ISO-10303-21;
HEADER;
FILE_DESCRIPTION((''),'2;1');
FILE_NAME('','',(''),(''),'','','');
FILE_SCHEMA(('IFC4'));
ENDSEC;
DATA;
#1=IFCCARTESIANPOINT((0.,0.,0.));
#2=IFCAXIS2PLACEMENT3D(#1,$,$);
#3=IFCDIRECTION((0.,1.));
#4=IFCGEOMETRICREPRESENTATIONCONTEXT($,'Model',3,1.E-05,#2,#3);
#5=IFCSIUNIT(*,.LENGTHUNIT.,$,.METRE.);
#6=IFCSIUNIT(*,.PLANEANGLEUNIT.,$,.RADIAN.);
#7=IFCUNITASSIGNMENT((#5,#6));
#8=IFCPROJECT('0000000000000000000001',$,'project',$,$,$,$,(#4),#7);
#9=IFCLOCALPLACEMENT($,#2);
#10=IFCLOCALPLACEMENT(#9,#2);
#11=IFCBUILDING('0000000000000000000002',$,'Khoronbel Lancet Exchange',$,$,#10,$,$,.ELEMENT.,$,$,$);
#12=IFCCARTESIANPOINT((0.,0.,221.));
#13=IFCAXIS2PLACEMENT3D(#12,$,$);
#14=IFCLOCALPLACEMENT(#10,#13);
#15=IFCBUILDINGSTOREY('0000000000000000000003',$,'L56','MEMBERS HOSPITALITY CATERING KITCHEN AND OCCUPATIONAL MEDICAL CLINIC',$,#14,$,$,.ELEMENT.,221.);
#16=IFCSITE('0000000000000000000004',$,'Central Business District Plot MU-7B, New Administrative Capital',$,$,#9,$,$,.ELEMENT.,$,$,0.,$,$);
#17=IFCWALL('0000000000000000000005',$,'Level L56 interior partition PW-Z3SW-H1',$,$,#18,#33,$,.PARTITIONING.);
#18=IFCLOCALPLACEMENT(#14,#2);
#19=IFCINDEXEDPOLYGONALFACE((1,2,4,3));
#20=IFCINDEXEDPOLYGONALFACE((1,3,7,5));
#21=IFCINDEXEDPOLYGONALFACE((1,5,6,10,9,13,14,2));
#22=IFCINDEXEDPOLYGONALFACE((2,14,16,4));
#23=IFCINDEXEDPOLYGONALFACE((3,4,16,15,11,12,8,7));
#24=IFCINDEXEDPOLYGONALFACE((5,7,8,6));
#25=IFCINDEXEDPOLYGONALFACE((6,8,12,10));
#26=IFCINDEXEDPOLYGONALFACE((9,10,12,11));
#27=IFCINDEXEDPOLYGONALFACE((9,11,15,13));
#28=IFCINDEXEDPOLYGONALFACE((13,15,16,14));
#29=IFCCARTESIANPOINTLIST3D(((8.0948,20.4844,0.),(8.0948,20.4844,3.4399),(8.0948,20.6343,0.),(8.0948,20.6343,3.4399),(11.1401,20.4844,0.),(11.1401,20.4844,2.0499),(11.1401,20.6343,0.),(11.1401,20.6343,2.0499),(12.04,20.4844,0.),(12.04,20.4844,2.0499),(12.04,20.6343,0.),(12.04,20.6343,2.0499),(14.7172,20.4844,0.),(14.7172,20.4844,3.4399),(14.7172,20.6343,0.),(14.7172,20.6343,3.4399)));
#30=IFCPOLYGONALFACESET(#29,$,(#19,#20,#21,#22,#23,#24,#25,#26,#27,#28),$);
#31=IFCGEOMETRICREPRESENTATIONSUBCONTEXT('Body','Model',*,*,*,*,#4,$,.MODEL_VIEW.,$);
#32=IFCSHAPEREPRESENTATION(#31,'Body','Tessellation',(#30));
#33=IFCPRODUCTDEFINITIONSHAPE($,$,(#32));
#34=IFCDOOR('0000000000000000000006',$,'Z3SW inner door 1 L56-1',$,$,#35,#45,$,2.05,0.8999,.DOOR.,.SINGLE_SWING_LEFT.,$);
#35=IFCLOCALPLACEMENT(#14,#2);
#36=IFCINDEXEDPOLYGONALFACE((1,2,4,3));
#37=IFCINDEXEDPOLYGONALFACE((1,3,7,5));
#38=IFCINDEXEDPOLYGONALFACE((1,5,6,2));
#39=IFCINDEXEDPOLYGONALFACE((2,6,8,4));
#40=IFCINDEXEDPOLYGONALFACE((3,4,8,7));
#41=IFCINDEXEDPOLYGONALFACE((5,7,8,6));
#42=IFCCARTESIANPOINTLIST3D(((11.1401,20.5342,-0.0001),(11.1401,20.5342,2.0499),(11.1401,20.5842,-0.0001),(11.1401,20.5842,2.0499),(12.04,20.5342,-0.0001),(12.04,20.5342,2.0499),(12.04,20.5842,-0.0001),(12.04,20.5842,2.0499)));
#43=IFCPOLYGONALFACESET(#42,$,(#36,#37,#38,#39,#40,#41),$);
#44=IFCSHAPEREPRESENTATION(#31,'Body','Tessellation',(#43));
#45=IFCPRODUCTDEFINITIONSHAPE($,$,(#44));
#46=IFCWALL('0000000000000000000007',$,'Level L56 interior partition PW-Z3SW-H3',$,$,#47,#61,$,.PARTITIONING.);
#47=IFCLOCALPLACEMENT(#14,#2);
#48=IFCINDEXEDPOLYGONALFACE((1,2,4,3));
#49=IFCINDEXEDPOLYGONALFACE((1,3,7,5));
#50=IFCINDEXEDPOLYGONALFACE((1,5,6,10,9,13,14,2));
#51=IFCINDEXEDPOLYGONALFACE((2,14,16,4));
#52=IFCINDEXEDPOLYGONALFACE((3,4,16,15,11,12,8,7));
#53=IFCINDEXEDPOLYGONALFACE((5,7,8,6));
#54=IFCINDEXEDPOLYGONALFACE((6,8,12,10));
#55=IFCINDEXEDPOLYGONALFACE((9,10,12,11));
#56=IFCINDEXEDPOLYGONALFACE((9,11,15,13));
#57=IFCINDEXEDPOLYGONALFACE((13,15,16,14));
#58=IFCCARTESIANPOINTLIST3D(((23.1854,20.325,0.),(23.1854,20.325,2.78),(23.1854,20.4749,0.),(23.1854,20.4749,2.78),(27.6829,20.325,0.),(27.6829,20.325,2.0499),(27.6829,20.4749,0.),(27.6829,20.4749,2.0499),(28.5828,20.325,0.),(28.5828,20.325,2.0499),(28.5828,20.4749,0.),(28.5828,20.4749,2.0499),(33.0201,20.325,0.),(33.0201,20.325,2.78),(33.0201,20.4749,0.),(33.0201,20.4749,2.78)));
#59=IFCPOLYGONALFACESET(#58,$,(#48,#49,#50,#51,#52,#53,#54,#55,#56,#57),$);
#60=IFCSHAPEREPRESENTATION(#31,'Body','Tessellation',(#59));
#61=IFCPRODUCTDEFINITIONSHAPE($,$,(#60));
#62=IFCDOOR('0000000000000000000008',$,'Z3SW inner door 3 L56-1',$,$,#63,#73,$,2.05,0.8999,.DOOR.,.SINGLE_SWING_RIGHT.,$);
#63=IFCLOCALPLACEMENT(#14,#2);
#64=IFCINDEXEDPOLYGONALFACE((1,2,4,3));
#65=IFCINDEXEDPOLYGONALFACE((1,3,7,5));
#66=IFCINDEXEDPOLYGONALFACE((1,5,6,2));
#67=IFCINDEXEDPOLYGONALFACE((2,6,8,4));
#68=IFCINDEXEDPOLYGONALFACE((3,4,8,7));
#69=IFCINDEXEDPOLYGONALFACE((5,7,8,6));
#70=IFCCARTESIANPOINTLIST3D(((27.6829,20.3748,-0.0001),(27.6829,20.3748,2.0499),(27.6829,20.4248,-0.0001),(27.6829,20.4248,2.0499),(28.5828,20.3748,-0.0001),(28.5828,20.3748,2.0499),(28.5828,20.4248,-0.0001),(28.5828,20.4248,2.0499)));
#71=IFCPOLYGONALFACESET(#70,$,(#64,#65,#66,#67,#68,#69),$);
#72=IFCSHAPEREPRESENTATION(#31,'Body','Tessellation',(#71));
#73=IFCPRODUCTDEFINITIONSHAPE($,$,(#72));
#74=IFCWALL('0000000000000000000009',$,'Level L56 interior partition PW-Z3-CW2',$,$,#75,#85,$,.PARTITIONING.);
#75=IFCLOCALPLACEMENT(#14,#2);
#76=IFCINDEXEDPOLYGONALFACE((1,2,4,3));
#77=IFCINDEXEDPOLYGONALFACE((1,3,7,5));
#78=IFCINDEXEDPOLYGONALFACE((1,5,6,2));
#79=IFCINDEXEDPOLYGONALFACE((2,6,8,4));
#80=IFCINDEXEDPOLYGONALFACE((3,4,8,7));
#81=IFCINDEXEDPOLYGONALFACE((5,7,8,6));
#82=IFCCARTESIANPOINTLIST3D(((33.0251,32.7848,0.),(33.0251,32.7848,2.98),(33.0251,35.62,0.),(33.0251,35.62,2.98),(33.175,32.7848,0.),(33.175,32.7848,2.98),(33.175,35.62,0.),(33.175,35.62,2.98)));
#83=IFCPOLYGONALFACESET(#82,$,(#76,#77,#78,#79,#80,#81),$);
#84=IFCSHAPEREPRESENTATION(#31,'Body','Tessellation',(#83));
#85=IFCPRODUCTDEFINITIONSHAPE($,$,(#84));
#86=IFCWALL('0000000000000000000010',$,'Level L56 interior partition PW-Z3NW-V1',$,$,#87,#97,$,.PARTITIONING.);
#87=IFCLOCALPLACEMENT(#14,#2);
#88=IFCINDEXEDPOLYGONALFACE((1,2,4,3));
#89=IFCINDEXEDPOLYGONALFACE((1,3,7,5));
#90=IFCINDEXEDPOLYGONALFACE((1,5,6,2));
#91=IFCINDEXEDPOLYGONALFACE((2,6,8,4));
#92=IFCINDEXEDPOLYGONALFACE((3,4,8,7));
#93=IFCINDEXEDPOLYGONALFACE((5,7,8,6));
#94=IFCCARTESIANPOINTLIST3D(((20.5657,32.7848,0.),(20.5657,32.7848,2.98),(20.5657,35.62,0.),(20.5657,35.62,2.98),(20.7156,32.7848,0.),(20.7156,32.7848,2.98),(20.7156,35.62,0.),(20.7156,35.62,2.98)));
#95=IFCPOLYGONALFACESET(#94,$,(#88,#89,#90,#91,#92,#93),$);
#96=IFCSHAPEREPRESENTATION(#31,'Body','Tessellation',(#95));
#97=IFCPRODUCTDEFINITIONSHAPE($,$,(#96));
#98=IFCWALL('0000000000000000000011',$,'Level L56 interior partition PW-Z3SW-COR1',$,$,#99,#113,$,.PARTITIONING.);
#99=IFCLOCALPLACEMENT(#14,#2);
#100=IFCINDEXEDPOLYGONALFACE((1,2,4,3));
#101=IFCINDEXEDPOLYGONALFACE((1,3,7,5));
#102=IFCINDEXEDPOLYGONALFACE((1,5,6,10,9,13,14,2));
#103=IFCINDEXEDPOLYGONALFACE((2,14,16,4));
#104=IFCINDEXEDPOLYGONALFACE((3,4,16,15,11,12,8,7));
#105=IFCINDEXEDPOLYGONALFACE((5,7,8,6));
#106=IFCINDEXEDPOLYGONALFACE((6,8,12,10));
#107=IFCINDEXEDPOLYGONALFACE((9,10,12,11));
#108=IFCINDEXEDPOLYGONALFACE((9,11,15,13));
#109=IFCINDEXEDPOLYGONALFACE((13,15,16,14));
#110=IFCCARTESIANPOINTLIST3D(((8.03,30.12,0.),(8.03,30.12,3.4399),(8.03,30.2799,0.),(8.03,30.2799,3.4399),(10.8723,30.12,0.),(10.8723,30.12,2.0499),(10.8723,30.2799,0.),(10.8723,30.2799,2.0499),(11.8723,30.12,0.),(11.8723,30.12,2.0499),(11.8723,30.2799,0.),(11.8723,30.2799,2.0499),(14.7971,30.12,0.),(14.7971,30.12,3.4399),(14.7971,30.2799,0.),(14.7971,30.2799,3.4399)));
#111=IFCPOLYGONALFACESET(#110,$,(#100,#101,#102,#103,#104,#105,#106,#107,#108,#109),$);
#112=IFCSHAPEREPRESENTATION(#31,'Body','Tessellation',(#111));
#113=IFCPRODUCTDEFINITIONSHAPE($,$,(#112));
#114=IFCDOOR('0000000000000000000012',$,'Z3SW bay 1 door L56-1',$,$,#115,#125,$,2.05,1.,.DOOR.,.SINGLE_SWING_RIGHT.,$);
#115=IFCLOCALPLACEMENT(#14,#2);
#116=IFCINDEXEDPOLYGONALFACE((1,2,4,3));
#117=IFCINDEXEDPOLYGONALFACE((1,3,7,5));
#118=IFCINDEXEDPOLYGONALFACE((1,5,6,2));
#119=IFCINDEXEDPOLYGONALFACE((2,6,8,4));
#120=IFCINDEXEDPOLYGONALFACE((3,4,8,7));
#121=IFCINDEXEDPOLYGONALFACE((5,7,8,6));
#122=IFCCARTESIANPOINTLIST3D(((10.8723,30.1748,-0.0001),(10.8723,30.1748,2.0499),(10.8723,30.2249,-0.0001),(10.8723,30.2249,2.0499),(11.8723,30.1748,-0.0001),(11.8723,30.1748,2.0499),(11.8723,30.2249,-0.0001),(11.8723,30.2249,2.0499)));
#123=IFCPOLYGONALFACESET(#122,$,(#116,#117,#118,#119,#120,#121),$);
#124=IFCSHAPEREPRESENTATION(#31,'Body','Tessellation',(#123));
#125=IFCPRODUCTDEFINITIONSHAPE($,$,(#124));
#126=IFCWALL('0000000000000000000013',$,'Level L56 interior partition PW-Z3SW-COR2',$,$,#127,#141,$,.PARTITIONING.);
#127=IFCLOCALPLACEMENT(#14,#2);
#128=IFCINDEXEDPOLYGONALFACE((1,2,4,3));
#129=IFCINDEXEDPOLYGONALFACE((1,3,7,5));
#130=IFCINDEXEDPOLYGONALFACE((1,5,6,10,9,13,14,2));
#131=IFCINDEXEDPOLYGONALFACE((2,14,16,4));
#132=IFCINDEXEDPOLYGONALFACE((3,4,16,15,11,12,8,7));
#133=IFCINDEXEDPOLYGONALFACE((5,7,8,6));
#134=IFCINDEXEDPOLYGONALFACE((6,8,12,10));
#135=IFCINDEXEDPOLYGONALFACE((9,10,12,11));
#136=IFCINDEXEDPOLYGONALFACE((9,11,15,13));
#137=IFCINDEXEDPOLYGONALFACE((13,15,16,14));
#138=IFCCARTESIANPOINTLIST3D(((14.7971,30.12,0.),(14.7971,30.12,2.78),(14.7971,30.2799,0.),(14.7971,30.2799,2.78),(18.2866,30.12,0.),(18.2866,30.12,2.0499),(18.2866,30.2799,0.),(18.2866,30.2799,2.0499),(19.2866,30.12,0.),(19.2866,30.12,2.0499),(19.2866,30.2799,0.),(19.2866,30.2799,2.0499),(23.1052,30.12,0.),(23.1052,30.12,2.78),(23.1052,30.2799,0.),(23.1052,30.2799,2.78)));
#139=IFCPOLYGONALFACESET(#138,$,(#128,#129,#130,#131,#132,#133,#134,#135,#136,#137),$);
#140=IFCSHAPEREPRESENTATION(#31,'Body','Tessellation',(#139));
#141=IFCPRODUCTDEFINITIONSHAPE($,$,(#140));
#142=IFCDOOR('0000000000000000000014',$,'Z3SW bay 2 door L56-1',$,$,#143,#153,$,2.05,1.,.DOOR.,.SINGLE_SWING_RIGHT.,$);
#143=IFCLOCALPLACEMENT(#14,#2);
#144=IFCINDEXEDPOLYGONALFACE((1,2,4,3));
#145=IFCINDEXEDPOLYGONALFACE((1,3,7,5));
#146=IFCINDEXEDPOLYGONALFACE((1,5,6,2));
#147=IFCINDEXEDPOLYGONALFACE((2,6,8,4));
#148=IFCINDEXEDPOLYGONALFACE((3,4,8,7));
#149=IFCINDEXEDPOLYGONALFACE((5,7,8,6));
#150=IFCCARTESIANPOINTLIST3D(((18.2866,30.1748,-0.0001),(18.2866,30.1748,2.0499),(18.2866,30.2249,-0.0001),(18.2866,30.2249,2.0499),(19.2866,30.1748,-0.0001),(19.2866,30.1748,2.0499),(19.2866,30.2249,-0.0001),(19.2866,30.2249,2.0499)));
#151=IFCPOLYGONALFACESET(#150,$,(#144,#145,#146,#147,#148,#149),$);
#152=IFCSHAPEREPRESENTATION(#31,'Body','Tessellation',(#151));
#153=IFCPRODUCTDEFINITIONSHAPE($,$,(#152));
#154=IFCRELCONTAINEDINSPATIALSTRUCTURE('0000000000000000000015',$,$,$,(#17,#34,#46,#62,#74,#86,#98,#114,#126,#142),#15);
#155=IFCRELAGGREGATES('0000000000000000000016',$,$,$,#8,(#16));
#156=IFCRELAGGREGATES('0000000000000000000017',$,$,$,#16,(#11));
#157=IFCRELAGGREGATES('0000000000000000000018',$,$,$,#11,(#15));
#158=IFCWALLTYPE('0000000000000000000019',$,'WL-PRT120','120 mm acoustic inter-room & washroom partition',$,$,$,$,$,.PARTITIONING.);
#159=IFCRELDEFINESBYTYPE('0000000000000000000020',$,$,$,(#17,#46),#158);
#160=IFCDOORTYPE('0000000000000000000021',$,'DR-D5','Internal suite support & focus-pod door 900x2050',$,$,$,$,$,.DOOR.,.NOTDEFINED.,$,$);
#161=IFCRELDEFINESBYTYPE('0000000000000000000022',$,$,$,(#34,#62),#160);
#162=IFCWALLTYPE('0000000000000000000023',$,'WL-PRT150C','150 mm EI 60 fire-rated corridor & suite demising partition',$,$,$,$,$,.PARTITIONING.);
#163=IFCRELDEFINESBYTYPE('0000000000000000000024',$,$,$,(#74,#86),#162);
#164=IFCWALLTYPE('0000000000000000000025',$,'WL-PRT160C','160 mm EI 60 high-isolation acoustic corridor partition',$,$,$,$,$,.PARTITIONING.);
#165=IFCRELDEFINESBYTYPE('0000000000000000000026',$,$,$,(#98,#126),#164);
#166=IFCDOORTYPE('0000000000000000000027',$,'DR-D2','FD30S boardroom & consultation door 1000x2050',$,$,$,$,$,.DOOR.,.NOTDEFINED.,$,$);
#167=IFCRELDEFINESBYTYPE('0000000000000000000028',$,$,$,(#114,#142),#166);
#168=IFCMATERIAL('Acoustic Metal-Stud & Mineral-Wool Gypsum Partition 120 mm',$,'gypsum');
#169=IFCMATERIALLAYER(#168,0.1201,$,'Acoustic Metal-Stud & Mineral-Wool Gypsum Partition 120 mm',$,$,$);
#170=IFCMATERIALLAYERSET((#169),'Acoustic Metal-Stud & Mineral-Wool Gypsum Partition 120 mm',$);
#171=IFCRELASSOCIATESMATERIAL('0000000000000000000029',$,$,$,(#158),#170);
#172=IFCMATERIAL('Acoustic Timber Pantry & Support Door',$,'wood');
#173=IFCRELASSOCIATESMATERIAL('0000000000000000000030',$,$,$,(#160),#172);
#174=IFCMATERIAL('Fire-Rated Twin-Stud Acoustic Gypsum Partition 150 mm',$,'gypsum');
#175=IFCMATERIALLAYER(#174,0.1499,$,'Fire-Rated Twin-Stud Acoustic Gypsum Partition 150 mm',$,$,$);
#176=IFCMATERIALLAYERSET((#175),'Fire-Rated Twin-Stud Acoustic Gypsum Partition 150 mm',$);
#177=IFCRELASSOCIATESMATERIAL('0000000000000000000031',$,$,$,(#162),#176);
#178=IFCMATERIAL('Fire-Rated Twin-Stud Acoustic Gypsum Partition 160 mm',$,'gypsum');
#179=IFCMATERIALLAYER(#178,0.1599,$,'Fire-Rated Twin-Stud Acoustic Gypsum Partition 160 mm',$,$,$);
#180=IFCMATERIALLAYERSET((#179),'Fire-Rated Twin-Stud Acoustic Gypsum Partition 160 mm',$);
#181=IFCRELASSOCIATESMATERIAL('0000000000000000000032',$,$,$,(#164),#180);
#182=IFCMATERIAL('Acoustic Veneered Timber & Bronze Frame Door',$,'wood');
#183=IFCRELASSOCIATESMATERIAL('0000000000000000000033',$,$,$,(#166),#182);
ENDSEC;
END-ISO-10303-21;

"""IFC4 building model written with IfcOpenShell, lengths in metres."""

from ifc_helpers import new_model, si_unit, direction, frame, frame_2d, origin, place, context, subcontext, project, spatial, rectangle, extrude, material, layer, layer_set, type_object, element, fill, save


model = new_model("IFC4")

# Units and contexts
model_context = context("Model", 3, precision=1e-05, world=origin(), true_north=direction((0.0, 1.0)))
body_context = subcontext(model_context, "Body", "Model", "MODEL_VIEW")
ifc_project = project(units=[si_unit("LENGTHUNIT", "METRE"), si_unit("PLANEANGLEUNIT", "RADIAN")], contexts=[model_context])

# Site, building, storey
site_placement = place(None, origin())
site = spatial("IfcSite", under=ifc_project, at=site_placement, Name="Central Business District Plot MU-7B, New Administrative Capital", CompositionType="ELEMENT", RefElevation=0.0)
building_placement = place(site_placement, origin())
building = spatial("IfcBuilding", under=site, at=building_placement, Name="Khoronbel Lancet Exchange", CompositionType="ELEMENT")
storey_placement = place(building_placement, frame((0.0, 0.0, 221.0)))
storey = spatial("IfcBuildingStorey", under=building, at=storey_placement, Name="L56", Description="MEMBERS HOSPITALITY CATERING KITCHEN AND OCCUPATIONAL MEDICAL CLINIC", CompositionType="ELEMENT", Elevation=221.0)

# Walls, openings, doors
ifc_material_1 = material(Name="Acoustic Metal-Stud & Mineral-Wool Gypsum Partition 120 mm", Category="gypsum")
ifc_layer_1 = layer(ifc_material_1, 0.1201, Name="Acoustic Metal-Stud & Mineral-Wool Gypsum Partition 120 mm")
ifc_layer_set_1 = layer_set([ifc_layer_1], Name="Acoustic Metal-Stud & Mineral-Wool Gypsum Partition 120 mm")
wall_type_1 = type_object("IfcWallType", Name="WL-PRT120", Description="120 mm acoustic inter-room & washroom partition", PredefinedType="PARTITIONING", material=ifc_layer_set_1)
wall_1_placement = place(storey_placement, frame((8.095, 20.5593, 0.0), z_axis=(0.0, 0.0, 1.0), x_axis=(1.0, 0.0, 0.0)))
wall_1 = element("IfcWall", 1, at=wall_1_placement, inside=storey, type_object=wall_type_1, Name="Level L56 interior partition PW-Z3SW-H1", PredefinedType="PARTITIONING", context=body_context, shape_type="SweptSolid", body=[
    extrude(rectangle(XDim=6.6223, YDim=0.1499, at=frame_2d((3.311, 0.0))), origin(), (0.0, 0.0, 1.0), 3.4399),
])
opening_1_placement = place(wall_1_placement, frame((3.0452, 0.0, 0.0)))
opening_1 = element("IfcOpeningElement", 2, at=opening_1_placement, cuts=wall_1, PredefinedType="OPENING", context=body_context, shape_type="SweptSolid", body=[
    extrude(rectangle(XDim=0.8999, YDim=2.05, at=frame_2d((0.45, 1.0249))), frame((0.0, 0.085, 0.0), z_axis=(0.0, -1.0, 0.0), x_axis=(1.0, 0.0, 0.0)), (0.0, 0.0, 1.0), 0.1699),
])
ifc_material_2 = material(Name="Acoustic Timber Pantry & Support Door", Category="wood")
door_type_1 = type_object("IfcDoorType", Name="DR-D5", Description="Internal suite support & focus-pod door 900x2050", OperationType="NOTDEFINED", PredefinedType="DOOR", material=ifc_material_2)
door_1_placement = place(opening_1_placement, origin())
door_1 = element("IfcDoor", 3, at=door_1_placement, inside=storey, type_object=door_type_1, Name="Z3SW inner door 1 L56-1", OperationType="SINGLE_SWING_LEFT", OverallHeight=2.05, OverallWidth=0.8999, PredefinedType="DOOR", context=body_context, shape_type="SweptSolid", body=[
    extrude(rectangle(XDim=0.8999, YDim=2.05, at=frame_2d((0.45, 1.0249))), frame((0.0, 0.0249, 0.0), z_axis=(0.0, -1.0, 0.0), x_axis=(1.0, 0.0, 0.0)), (0.0, 0.0, 1.0), 0.05),
])
fill(opening_1, door_1)
wall_2_placement = place(storey_placement, frame((23.1853, 20.3999, 0.0), z_axis=(0.0, 0.0, 1.0), x_axis=(1.0, 0.0, 0.0)))
wall_2 = element("IfcWall", 4, at=wall_2_placement, inside=storey, type_object=wall_type_1, Name="Level L56 interior partition PW-Z3SW-H3", PredefinedType="PARTITIONING", context=body_context, shape_type="SweptSolid", body=[
    extrude(rectangle(XDim=9.8347, YDim=0.1499, at=frame_2d((4.9175, 0.0))), origin(), (0.0, 0.0, 1.0), 2.78),
])
opening_2_placement = place(wall_2_placement, frame((4.4976, 0.0, 0.0)))
opening_2 = element("IfcOpeningElement", 5, at=opening_2_placement, cuts=wall_2, PredefinedType="OPENING", context=body_context, shape_type="SweptSolid", body=[
    extrude(rectangle(XDim=0.8999, YDim=2.05, at=frame_2d((0.45, 1.0249))), frame((0.0, 0.085, 0.0), z_axis=(0.0, -1.0, 0.0), x_axis=(1.0, 0.0, 0.0)), (0.0, 0.0, 1.0), 0.1699),
])
door_2_placement = place(opening_2_placement, origin())
door_2 = element("IfcDoor", 6, at=door_2_placement, inside=storey, type_object=door_type_1, Name="Z3SW inner door 3 L56-1", OperationType="SINGLE_SWING_RIGHT", OverallHeight=2.05, OverallWidth=0.8999, PredefinedType="DOOR", context=body_context, shape_type="SweptSolid", body=[
    extrude(rectangle(XDim=0.8999, YDim=2.05, at=frame_2d((0.45, 1.0249))), frame((0.0, 0.0249, 0.0), z_axis=(0.0, -1.0, 0.0), x_axis=(1.0, 0.0, 0.0)), (0.0, 0.0, 1.0), 0.05),
])
fill(opening_2, door_2)

# Walls
ifc_material_3 = material(Name="Fire-Rated Twin-Stud Acoustic Gypsum Partition 150 mm", Category="gypsum")
ifc_layer_2 = layer(ifc_material_3, 0.1499, Name="Fire-Rated Twin-Stud Acoustic Gypsum Partition 150 mm")
ifc_layer_set_2 = layer_set([ifc_layer_2], Name="Fire-Rated Twin-Stud Acoustic Gypsum Partition 150 mm")
wall_type_2 = type_object("IfcWallType", Name="WL-PRT150C", Description="150 mm EI 60 fire-rated corridor & suite demising partition", PredefinedType="PARTITIONING", material=ifc_layer_set_2)
for number, where, z_axis, x_axis, name in (
    (7, (33.1001, 32.7849, 0.0), (0.0, 0.0, 1.0), (0.0, 1.0, 0.0), "Level L56 interior partition PW-Z3-CW2"),
    (8, (20.6406, 32.7849, 0.0), (0.0, 0.0, 1.0), (0.0, 1.0, 0.0), "Level L56 interior partition PW-Z3NW-V1"),
):
    element("IfcWall", number, at=place(storey_placement, frame(where, z_axis=z_axis, x_axis=x_axis)), inside=storey, type_object=wall_type_2, Name=name, PredefinedType="PARTITIONING", context=body_context, shape_type="SweptSolid", body=[
        extrude(rectangle(XDim=2.8352, YDim=0.1499, at=frame_2d((1.4175, 0.0))), origin(), (0.0, 0.0, 1.0), 2.98),
    ])

# Walls, openings, doors
ifc_material_4 = material(Name="Fire-Rated Twin-Stud Acoustic Gypsum Partition 160 mm", Category="gypsum")
ifc_layer_3 = layer(ifc_material_4, 0.1599, Name="Fire-Rated Twin-Stud Acoustic Gypsum Partition 160 mm")
ifc_layer_set_3 = layer_set([ifc_layer_3], Name="Fire-Rated Twin-Stud Acoustic Gypsum Partition 160 mm")
wall_type_3 = type_object("IfcWallType", Name="WL-PRT160C", Description="160 mm EI 60 high-isolation acoustic corridor partition", PredefinedType="PARTITIONING", material=ifc_layer_set_3)
wall_3_placement = place(storey_placement, frame((8.03, 30.2, 0.0), z_axis=(0.0, 0.0, 1.0), x_axis=(1.0, 0.0, 0.0)))
wall_3 = element("IfcWall", 9, at=wall_3_placement, inside=storey, type_object=wall_type_3, Name="Level L56 interior partition PW-Z3SW-COR1", PredefinedType="PARTITIONING", context=body_context, shape_type="SweptSolid", body=[
    extrude(rectangle(XDim=6.7671, YDim=0.1599, at=frame_2d((3.3835, 0.0))), origin(), (0.0, 0.0, 1.0), 3.4399),
])
opening_3_placement = place(wall_3_placement, frame((2.8423, 0.0, 0.0)))
opening_3 = element("IfcOpeningElement", 10, at=opening_3_placement, cuts=wall_3, PredefinedType="OPENING", context=body_context, shape_type="SweptSolid", body=[
    extrude(rectangle(XDim=1.0, YDim=2.05, at=frame_2d((0.5, 1.0249))), frame((0.0, 0.0898, 0.0), z_axis=(0.0, -1.0, 0.0), x_axis=(1.0, 0.0, 0.0)), (0.0, 0.0, 1.0), 0.1799),
])
ifc_material_5 = material(Name="Acoustic Veneered Timber & Bronze Frame Door", Category="wood")
door_type_2 = type_object("IfcDoorType", Name="DR-D2", Description="FD30S boardroom & consultation door 1000x2050", OperationType="NOTDEFINED", PredefinedType="DOOR", material=ifc_material_5)
door_3_placement = place(opening_3_placement, origin())
door_3 = element("IfcDoor", 11, at=door_3_placement, inside=storey, type_object=door_type_2, Name="Z3SW bay 1 door L56-1", OperationType="SINGLE_SWING_RIGHT", OverallHeight=2.05, OverallWidth=1.0, PredefinedType="DOOR", context=body_context, shape_type="SweptSolid", body=[
    extrude(rectangle(XDim=1.0, YDim=2.05, at=frame_2d((0.5, 1.0249))), frame((0.0, 0.0249, 0.0), z_axis=(0.0, -1.0, 0.0), x_axis=(1.0, 0.0, 0.0)), (0.0, 0.0, 1.0), 0.05),
])
fill(opening_3, door_3)
wall_4_placement = place(storey_placement, frame((14.7971, 30.2, 0.0), z_axis=(0.0, 0.0, 1.0), x_axis=(1.0, 0.0, 0.0)))
wall_4 = element("IfcWall", 12, at=wall_4_placement, inside=storey, type_object=wall_type_3, Name="Level L56 interior partition PW-Z3SW-COR2", PredefinedType="PARTITIONING", context=body_context, shape_type="SweptSolid", body=[
    extrude(rectangle(XDim=8.3081, YDim=0.1599, at=frame_2d((4.1541, 0.0))), origin(), (0.0, 0.0, 1.0), 2.78),
])
opening_4_placement = place(wall_4_placement, frame((3.4895, 0.0, 0.0)))
opening_4 = element("IfcOpeningElement", 13, at=opening_4_placement, cuts=wall_4, PredefinedType="OPENING", context=body_context, shape_type="SweptSolid", body=[
    extrude(rectangle(XDim=1.0, YDim=2.05, at=frame_2d((0.5, 1.0249))), frame((0.0, 0.0898, 0.0), z_axis=(0.0, -1.0, 0.0), x_axis=(1.0, 0.0, 0.0)), (0.0, 0.0, 1.0), 0.1799),
])
door_4_placement = place(opening_4_placement, origin())
door_4 = element("IfcDoor", 14, at=door_4_placement, inside=storey, type_object=door_type_2, Name="Z3SW bay 2 door L56-1", OperationType="SINGLE_SWING_RIGHT", OverallHeight=2.05, OverallWidth=1.0, PredefinedType="DOOR", context=body_context, shape_type="SweptSolid", body=[
    extrude(rectangle(XDim=1.0, YDim=2.05, at=frame_2d((0.5, 1.0249))), frame((0.0, 0.0249, 0.0), z_axis=(0.0, -1.0, 0.0), x_axis=(1.0, 0.0, 0.0)), (0.0, 0.0, 1.0), 0.05),
])
fill(opening_4, door_4)

save(model, "model.ifc")
